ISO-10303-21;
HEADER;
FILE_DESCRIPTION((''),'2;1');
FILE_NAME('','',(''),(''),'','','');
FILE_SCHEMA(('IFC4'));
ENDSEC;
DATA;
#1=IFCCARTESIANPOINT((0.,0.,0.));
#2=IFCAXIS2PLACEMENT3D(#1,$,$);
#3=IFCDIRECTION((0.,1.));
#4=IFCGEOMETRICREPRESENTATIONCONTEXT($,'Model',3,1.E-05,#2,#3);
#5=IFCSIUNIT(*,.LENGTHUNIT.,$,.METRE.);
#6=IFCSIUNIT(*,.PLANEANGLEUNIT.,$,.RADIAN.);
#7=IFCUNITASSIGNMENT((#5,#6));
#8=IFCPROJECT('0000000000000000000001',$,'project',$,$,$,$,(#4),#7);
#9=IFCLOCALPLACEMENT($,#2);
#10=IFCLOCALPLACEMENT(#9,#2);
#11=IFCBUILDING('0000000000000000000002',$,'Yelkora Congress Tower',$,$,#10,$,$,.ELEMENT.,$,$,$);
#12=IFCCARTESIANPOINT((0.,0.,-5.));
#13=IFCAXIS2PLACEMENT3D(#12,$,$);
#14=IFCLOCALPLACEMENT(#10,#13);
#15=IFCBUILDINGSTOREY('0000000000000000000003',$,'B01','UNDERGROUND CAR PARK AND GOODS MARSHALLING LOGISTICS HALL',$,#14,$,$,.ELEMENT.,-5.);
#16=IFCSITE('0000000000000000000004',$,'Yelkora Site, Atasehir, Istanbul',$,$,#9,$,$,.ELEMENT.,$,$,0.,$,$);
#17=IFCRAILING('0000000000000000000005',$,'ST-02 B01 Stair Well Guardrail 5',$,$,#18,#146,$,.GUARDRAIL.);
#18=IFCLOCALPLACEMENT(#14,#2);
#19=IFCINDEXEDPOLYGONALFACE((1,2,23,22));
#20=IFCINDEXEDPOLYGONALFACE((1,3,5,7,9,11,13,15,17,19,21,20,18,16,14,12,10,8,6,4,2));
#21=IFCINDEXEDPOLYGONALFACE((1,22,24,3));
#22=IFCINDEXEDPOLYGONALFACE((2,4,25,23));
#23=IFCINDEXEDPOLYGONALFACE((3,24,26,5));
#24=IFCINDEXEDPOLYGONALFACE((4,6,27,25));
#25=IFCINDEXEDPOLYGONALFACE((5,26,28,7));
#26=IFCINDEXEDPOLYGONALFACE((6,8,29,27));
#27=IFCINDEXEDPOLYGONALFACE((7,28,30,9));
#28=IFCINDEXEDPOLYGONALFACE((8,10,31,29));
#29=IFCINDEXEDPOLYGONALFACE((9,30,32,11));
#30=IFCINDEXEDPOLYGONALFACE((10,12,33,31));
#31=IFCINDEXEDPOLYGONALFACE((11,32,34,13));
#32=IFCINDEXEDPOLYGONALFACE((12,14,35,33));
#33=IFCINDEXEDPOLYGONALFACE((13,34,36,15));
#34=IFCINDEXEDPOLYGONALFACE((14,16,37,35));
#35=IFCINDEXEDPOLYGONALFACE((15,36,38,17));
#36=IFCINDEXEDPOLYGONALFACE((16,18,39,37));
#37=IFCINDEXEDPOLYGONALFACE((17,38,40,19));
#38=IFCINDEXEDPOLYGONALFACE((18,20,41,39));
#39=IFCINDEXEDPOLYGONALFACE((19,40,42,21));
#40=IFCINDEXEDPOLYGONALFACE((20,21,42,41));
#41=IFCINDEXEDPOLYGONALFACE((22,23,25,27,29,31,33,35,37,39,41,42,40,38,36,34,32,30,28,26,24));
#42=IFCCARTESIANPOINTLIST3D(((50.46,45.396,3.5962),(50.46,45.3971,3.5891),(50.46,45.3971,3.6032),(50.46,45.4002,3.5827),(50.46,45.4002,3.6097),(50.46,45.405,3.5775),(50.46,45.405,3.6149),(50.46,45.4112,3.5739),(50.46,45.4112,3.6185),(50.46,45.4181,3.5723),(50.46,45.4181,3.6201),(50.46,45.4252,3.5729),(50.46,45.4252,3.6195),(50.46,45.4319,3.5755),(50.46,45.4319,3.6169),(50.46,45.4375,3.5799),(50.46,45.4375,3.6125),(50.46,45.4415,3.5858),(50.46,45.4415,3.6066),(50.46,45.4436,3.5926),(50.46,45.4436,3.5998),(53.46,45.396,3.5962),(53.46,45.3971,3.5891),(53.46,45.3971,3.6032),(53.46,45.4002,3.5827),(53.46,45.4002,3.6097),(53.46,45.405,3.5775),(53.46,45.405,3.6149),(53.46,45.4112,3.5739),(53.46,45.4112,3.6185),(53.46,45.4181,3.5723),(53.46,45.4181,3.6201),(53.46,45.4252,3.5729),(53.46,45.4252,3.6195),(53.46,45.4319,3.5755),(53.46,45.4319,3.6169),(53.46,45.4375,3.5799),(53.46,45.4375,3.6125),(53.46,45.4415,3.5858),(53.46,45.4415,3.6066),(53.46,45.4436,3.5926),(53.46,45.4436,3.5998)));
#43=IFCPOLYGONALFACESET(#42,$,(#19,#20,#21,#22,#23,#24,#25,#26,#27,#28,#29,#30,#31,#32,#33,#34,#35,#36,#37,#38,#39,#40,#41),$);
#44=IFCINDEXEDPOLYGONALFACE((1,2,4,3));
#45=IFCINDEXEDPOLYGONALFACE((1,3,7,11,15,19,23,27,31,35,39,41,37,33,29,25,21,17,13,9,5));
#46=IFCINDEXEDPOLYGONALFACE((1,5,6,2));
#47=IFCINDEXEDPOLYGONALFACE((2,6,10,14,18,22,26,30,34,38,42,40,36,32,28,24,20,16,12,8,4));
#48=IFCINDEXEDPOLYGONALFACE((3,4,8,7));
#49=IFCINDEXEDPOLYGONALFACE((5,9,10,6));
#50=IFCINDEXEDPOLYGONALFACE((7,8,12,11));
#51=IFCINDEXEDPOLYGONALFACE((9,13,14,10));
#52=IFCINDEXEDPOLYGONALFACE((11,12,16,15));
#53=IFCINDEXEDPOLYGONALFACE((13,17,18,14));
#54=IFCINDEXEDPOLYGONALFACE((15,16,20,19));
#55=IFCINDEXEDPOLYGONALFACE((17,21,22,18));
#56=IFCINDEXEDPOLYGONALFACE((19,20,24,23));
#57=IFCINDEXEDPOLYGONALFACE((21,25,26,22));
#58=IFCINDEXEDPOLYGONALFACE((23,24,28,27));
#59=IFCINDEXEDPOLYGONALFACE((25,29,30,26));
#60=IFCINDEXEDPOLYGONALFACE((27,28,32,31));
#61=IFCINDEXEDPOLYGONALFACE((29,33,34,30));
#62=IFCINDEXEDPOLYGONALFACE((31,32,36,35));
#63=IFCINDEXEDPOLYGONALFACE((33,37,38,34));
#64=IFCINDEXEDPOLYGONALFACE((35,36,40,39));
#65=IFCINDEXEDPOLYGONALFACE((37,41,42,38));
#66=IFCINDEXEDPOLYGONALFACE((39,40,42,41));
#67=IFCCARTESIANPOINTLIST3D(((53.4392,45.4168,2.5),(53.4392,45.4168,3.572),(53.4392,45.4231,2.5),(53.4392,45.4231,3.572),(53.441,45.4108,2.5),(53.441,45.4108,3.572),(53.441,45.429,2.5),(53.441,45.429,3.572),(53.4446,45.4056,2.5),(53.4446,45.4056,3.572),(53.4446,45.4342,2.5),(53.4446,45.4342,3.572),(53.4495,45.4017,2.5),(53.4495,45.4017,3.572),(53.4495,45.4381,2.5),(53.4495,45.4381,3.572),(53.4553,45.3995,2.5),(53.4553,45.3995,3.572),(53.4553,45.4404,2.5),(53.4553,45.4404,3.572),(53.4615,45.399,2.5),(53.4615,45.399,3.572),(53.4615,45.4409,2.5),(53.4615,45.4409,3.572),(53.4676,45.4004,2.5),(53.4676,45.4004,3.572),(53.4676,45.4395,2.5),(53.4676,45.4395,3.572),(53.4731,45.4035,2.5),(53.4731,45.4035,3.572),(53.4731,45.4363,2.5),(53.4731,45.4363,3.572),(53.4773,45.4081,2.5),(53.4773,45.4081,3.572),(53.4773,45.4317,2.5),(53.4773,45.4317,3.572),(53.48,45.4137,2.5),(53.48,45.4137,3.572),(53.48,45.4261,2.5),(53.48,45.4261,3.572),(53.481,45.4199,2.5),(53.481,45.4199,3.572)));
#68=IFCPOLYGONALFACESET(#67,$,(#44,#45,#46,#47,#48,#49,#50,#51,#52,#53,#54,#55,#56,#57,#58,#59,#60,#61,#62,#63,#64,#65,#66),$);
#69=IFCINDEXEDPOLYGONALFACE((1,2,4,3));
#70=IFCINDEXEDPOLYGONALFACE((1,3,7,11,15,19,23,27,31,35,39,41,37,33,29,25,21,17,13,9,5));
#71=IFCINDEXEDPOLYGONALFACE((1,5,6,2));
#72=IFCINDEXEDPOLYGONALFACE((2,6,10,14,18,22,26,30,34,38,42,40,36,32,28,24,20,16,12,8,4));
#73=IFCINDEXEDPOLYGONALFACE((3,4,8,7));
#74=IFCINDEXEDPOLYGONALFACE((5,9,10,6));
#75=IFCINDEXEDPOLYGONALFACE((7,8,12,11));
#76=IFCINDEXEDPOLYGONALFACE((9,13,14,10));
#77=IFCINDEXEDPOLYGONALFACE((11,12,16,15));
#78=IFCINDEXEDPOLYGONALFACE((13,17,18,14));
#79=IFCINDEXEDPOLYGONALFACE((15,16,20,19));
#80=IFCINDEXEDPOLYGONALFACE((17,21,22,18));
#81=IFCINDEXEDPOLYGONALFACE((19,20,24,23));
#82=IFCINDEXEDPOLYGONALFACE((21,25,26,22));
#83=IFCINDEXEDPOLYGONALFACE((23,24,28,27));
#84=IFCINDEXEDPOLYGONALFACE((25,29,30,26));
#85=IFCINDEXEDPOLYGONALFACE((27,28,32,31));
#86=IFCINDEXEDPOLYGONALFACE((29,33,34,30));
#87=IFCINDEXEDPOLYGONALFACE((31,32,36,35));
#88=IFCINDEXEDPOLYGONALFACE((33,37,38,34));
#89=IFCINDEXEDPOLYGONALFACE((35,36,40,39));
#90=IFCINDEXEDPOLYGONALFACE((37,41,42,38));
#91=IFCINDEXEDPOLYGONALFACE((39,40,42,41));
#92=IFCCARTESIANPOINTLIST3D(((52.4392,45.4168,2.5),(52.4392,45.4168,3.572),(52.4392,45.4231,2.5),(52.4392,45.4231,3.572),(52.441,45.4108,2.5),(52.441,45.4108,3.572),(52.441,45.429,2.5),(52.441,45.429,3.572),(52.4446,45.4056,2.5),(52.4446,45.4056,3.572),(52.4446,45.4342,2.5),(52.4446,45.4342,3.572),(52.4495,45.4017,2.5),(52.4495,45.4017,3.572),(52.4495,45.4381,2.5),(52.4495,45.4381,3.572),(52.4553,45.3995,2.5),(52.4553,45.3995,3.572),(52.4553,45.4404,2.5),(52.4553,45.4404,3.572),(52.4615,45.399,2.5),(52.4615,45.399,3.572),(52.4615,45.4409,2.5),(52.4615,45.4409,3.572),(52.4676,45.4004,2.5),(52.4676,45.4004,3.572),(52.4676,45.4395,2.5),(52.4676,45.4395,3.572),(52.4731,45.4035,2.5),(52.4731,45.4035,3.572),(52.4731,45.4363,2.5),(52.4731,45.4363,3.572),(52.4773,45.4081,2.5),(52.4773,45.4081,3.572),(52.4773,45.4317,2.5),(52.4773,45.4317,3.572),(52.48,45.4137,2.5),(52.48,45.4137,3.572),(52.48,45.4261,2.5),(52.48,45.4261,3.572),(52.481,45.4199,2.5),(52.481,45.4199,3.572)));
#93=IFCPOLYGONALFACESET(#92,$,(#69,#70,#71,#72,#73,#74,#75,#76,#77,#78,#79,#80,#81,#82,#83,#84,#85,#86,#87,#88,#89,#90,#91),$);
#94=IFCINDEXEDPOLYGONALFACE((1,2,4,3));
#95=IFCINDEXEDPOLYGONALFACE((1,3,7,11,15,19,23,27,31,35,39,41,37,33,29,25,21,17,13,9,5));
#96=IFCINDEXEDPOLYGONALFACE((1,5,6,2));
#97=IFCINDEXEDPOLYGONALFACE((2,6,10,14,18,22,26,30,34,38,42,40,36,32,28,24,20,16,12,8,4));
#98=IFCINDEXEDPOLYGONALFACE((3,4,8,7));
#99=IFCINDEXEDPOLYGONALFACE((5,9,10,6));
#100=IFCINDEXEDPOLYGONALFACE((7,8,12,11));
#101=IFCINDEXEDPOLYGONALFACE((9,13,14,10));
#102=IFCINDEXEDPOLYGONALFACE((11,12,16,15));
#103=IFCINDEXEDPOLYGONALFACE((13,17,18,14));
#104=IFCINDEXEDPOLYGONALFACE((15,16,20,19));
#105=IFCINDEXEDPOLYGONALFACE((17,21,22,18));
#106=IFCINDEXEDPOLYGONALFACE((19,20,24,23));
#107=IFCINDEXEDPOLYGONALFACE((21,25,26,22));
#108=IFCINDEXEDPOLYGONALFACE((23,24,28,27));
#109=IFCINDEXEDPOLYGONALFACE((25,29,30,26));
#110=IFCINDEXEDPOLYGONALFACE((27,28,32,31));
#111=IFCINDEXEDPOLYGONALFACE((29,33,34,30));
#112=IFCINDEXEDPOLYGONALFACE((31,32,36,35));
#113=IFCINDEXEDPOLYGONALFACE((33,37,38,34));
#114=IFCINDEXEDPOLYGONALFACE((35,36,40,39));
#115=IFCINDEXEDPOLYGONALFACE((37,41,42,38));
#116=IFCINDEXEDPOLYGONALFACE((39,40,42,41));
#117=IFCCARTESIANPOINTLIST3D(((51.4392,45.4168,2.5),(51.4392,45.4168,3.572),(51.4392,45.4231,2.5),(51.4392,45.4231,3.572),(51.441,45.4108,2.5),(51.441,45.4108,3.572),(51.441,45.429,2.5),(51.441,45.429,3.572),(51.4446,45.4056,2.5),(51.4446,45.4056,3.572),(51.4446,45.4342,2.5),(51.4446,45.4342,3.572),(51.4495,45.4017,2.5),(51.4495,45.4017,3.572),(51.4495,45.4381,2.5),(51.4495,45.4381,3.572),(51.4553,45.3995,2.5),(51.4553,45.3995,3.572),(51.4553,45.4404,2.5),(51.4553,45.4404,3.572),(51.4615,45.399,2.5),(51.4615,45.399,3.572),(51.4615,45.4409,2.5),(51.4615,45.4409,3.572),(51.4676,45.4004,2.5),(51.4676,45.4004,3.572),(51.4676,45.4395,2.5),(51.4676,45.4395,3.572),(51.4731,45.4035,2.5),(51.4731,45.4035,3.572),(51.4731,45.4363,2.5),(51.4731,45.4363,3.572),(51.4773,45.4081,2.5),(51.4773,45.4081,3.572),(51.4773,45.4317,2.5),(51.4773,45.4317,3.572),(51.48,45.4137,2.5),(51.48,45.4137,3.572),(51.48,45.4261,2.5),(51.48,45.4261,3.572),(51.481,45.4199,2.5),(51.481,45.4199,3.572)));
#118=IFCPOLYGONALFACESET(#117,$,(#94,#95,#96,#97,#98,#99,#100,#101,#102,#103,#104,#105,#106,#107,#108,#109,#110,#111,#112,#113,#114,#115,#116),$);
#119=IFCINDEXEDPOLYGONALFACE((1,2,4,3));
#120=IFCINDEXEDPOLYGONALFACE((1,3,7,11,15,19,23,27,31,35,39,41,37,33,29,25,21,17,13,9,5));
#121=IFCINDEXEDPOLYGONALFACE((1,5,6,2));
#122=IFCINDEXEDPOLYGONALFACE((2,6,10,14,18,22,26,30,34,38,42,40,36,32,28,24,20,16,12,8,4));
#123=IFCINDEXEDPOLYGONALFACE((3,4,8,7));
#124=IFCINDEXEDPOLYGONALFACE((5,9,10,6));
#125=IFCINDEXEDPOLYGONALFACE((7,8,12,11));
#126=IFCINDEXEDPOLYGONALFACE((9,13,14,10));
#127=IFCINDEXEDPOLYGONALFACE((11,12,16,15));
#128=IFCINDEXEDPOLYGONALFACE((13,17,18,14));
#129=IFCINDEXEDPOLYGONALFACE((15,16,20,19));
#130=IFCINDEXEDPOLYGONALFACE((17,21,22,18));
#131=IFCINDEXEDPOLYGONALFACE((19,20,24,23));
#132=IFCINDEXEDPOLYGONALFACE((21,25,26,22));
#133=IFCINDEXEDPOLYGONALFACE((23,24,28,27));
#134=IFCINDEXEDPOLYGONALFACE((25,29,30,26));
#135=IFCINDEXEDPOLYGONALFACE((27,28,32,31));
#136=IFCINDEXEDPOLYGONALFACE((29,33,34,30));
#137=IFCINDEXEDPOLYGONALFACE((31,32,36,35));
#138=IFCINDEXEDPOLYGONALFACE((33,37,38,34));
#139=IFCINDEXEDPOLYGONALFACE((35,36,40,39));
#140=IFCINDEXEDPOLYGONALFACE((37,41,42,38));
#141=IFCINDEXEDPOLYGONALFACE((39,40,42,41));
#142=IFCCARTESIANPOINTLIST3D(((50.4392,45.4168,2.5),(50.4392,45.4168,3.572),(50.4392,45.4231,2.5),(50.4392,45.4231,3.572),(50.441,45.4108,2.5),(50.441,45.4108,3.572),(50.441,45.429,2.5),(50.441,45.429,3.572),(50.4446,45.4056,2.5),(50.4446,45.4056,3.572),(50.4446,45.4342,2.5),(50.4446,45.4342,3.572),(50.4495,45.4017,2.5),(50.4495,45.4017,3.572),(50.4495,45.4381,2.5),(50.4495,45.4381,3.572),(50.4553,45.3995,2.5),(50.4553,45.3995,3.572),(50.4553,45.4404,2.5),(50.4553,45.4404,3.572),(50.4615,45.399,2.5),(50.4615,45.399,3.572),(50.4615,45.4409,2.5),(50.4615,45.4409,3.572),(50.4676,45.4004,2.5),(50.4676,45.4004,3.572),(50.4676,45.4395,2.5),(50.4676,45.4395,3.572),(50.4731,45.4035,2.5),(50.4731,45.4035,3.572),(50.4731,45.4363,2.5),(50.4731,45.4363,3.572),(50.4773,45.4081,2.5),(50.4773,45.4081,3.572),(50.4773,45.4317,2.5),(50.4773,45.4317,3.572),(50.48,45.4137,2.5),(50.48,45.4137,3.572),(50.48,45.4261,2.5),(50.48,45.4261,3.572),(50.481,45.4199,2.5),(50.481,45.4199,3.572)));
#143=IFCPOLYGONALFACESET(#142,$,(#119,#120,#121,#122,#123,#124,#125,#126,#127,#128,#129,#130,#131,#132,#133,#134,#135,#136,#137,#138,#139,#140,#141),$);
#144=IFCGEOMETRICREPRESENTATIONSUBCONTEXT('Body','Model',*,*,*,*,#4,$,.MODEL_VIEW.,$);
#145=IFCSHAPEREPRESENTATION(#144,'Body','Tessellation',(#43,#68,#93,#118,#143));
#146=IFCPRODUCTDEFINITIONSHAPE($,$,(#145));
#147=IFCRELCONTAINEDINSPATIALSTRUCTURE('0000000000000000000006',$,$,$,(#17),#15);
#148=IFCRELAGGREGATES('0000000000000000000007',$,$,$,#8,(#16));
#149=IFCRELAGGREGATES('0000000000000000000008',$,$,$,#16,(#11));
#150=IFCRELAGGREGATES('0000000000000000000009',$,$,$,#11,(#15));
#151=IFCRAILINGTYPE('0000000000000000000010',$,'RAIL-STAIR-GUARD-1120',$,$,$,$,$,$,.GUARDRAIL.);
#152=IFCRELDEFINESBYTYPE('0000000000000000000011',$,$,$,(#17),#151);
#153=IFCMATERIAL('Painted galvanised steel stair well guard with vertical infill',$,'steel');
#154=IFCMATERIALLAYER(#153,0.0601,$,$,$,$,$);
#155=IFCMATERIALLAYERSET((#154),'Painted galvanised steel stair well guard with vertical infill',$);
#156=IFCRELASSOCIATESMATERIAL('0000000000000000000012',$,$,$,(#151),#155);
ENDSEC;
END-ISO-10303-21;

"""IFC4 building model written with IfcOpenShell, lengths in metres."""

from ifc_helpers import new_model, si_unit, direction, frame, origin, origin_2d, place, context, subcontext, project, spatial, circle, extrude, material, layer, layer_set, type_object, element, save


model = new_model("IFC4")

# Units and contexts
model_context = context("Model", 3, precision=1e-05, world=origin(), true_north=direction((0.0, 1.0)))
body_context = subcontext(model_context, "Body", "Model", "MODEL_VIEW")
ifc_project = project(units=[si_unit("LENGTHUNIT", "METRE"), si_unit("PLANEANGLEUNIT", "RADIAN")], contexts=[model_context])

# Site, building, storey
site_placement = place(None, origin())
site = spatial("IfcSite", under=ifc_project, at=site_placement, Name="Yelkora Site, Atasehir, Istanbul", CompositionType="ELEMENT", RefElevation=0.0)
building_placement = place(site_placement, origin())
building = spatial("IfcBuilding", under=site, at=building_placement, Name="Yelkora Congress Tower", CompositionType="ELEMENT")
storey_placement = place(building_placement, frame((0.0, 0.0, -5.0)))
storey = spatial("IfcBuildingStorey", under=building, at=storey_placement, Name="B01", Description="UNDERGROUND CAR PARK AND GOODS MARSHALLING LOGISTICS HALL", CompositionType="ELEMENT", Elevation=-5.0)

# Railing
ifc_material_1 = material(Name="Painted galvanised steel stair well guard with vertical infill", Category="steel")
ifc_layer_1 = layer(ifc_material_1, 0.0601)
ifc_layer_set_1 = layer_set([ifc_layer_1], Name="Painted galvanised steel stair well guard with vertical infill")
railing_type_1 = type_object("IfcRailingType", Name="RAIL-STAIR-GUARD-1120", PredefinedType="GUARDRAIL", material=ifc_layer_set_1)
railing_1_placement = place(storey_placement, frame((53.46, 45.4199, 2.5)))
element("IfcRailing", 1, at=railing_1_placement, inside=storey, type_object=railing_type_1, Name="ST-02 B01 Stair Well Guardrail 5", PredefinedType="GUARDRAIL", context=body_context, shape_type="SweptSolid", body=[
    extrude(circle(Radius=0.0239, at=origin_2d()), frame((0.0, 0.0, 1.0962), z_axis=(-1.0, 0.0, 0.0), x_axis=(0.0, -1.0, 0.0)), (0.0, 0.0, 1.0), 3.0),
    extrude(circle(Radius=0.021, at=origin_2d()), origin(), (0.0, 0.0, 1.0), 1.072),
    extrude(circle(Radius=0.021, at=origin_2d()), frame((-1.0, 0.0, 0.0)), (0.0, 0.0, 1.0), 1.072),
    extrude(circle(Radius=0.021, at=origin_2d()), frame((-2.0, 0.0, 0.0)), (0.0, 0.0, 1.0), 1.072),
    extrude(circle(Radius=0.021, at=origin_2d()), frame((-3.0, 0.0, 0.0)), (0.0, 0.0, 1.0), 1.072),
])

save(model, "model.ifc")
